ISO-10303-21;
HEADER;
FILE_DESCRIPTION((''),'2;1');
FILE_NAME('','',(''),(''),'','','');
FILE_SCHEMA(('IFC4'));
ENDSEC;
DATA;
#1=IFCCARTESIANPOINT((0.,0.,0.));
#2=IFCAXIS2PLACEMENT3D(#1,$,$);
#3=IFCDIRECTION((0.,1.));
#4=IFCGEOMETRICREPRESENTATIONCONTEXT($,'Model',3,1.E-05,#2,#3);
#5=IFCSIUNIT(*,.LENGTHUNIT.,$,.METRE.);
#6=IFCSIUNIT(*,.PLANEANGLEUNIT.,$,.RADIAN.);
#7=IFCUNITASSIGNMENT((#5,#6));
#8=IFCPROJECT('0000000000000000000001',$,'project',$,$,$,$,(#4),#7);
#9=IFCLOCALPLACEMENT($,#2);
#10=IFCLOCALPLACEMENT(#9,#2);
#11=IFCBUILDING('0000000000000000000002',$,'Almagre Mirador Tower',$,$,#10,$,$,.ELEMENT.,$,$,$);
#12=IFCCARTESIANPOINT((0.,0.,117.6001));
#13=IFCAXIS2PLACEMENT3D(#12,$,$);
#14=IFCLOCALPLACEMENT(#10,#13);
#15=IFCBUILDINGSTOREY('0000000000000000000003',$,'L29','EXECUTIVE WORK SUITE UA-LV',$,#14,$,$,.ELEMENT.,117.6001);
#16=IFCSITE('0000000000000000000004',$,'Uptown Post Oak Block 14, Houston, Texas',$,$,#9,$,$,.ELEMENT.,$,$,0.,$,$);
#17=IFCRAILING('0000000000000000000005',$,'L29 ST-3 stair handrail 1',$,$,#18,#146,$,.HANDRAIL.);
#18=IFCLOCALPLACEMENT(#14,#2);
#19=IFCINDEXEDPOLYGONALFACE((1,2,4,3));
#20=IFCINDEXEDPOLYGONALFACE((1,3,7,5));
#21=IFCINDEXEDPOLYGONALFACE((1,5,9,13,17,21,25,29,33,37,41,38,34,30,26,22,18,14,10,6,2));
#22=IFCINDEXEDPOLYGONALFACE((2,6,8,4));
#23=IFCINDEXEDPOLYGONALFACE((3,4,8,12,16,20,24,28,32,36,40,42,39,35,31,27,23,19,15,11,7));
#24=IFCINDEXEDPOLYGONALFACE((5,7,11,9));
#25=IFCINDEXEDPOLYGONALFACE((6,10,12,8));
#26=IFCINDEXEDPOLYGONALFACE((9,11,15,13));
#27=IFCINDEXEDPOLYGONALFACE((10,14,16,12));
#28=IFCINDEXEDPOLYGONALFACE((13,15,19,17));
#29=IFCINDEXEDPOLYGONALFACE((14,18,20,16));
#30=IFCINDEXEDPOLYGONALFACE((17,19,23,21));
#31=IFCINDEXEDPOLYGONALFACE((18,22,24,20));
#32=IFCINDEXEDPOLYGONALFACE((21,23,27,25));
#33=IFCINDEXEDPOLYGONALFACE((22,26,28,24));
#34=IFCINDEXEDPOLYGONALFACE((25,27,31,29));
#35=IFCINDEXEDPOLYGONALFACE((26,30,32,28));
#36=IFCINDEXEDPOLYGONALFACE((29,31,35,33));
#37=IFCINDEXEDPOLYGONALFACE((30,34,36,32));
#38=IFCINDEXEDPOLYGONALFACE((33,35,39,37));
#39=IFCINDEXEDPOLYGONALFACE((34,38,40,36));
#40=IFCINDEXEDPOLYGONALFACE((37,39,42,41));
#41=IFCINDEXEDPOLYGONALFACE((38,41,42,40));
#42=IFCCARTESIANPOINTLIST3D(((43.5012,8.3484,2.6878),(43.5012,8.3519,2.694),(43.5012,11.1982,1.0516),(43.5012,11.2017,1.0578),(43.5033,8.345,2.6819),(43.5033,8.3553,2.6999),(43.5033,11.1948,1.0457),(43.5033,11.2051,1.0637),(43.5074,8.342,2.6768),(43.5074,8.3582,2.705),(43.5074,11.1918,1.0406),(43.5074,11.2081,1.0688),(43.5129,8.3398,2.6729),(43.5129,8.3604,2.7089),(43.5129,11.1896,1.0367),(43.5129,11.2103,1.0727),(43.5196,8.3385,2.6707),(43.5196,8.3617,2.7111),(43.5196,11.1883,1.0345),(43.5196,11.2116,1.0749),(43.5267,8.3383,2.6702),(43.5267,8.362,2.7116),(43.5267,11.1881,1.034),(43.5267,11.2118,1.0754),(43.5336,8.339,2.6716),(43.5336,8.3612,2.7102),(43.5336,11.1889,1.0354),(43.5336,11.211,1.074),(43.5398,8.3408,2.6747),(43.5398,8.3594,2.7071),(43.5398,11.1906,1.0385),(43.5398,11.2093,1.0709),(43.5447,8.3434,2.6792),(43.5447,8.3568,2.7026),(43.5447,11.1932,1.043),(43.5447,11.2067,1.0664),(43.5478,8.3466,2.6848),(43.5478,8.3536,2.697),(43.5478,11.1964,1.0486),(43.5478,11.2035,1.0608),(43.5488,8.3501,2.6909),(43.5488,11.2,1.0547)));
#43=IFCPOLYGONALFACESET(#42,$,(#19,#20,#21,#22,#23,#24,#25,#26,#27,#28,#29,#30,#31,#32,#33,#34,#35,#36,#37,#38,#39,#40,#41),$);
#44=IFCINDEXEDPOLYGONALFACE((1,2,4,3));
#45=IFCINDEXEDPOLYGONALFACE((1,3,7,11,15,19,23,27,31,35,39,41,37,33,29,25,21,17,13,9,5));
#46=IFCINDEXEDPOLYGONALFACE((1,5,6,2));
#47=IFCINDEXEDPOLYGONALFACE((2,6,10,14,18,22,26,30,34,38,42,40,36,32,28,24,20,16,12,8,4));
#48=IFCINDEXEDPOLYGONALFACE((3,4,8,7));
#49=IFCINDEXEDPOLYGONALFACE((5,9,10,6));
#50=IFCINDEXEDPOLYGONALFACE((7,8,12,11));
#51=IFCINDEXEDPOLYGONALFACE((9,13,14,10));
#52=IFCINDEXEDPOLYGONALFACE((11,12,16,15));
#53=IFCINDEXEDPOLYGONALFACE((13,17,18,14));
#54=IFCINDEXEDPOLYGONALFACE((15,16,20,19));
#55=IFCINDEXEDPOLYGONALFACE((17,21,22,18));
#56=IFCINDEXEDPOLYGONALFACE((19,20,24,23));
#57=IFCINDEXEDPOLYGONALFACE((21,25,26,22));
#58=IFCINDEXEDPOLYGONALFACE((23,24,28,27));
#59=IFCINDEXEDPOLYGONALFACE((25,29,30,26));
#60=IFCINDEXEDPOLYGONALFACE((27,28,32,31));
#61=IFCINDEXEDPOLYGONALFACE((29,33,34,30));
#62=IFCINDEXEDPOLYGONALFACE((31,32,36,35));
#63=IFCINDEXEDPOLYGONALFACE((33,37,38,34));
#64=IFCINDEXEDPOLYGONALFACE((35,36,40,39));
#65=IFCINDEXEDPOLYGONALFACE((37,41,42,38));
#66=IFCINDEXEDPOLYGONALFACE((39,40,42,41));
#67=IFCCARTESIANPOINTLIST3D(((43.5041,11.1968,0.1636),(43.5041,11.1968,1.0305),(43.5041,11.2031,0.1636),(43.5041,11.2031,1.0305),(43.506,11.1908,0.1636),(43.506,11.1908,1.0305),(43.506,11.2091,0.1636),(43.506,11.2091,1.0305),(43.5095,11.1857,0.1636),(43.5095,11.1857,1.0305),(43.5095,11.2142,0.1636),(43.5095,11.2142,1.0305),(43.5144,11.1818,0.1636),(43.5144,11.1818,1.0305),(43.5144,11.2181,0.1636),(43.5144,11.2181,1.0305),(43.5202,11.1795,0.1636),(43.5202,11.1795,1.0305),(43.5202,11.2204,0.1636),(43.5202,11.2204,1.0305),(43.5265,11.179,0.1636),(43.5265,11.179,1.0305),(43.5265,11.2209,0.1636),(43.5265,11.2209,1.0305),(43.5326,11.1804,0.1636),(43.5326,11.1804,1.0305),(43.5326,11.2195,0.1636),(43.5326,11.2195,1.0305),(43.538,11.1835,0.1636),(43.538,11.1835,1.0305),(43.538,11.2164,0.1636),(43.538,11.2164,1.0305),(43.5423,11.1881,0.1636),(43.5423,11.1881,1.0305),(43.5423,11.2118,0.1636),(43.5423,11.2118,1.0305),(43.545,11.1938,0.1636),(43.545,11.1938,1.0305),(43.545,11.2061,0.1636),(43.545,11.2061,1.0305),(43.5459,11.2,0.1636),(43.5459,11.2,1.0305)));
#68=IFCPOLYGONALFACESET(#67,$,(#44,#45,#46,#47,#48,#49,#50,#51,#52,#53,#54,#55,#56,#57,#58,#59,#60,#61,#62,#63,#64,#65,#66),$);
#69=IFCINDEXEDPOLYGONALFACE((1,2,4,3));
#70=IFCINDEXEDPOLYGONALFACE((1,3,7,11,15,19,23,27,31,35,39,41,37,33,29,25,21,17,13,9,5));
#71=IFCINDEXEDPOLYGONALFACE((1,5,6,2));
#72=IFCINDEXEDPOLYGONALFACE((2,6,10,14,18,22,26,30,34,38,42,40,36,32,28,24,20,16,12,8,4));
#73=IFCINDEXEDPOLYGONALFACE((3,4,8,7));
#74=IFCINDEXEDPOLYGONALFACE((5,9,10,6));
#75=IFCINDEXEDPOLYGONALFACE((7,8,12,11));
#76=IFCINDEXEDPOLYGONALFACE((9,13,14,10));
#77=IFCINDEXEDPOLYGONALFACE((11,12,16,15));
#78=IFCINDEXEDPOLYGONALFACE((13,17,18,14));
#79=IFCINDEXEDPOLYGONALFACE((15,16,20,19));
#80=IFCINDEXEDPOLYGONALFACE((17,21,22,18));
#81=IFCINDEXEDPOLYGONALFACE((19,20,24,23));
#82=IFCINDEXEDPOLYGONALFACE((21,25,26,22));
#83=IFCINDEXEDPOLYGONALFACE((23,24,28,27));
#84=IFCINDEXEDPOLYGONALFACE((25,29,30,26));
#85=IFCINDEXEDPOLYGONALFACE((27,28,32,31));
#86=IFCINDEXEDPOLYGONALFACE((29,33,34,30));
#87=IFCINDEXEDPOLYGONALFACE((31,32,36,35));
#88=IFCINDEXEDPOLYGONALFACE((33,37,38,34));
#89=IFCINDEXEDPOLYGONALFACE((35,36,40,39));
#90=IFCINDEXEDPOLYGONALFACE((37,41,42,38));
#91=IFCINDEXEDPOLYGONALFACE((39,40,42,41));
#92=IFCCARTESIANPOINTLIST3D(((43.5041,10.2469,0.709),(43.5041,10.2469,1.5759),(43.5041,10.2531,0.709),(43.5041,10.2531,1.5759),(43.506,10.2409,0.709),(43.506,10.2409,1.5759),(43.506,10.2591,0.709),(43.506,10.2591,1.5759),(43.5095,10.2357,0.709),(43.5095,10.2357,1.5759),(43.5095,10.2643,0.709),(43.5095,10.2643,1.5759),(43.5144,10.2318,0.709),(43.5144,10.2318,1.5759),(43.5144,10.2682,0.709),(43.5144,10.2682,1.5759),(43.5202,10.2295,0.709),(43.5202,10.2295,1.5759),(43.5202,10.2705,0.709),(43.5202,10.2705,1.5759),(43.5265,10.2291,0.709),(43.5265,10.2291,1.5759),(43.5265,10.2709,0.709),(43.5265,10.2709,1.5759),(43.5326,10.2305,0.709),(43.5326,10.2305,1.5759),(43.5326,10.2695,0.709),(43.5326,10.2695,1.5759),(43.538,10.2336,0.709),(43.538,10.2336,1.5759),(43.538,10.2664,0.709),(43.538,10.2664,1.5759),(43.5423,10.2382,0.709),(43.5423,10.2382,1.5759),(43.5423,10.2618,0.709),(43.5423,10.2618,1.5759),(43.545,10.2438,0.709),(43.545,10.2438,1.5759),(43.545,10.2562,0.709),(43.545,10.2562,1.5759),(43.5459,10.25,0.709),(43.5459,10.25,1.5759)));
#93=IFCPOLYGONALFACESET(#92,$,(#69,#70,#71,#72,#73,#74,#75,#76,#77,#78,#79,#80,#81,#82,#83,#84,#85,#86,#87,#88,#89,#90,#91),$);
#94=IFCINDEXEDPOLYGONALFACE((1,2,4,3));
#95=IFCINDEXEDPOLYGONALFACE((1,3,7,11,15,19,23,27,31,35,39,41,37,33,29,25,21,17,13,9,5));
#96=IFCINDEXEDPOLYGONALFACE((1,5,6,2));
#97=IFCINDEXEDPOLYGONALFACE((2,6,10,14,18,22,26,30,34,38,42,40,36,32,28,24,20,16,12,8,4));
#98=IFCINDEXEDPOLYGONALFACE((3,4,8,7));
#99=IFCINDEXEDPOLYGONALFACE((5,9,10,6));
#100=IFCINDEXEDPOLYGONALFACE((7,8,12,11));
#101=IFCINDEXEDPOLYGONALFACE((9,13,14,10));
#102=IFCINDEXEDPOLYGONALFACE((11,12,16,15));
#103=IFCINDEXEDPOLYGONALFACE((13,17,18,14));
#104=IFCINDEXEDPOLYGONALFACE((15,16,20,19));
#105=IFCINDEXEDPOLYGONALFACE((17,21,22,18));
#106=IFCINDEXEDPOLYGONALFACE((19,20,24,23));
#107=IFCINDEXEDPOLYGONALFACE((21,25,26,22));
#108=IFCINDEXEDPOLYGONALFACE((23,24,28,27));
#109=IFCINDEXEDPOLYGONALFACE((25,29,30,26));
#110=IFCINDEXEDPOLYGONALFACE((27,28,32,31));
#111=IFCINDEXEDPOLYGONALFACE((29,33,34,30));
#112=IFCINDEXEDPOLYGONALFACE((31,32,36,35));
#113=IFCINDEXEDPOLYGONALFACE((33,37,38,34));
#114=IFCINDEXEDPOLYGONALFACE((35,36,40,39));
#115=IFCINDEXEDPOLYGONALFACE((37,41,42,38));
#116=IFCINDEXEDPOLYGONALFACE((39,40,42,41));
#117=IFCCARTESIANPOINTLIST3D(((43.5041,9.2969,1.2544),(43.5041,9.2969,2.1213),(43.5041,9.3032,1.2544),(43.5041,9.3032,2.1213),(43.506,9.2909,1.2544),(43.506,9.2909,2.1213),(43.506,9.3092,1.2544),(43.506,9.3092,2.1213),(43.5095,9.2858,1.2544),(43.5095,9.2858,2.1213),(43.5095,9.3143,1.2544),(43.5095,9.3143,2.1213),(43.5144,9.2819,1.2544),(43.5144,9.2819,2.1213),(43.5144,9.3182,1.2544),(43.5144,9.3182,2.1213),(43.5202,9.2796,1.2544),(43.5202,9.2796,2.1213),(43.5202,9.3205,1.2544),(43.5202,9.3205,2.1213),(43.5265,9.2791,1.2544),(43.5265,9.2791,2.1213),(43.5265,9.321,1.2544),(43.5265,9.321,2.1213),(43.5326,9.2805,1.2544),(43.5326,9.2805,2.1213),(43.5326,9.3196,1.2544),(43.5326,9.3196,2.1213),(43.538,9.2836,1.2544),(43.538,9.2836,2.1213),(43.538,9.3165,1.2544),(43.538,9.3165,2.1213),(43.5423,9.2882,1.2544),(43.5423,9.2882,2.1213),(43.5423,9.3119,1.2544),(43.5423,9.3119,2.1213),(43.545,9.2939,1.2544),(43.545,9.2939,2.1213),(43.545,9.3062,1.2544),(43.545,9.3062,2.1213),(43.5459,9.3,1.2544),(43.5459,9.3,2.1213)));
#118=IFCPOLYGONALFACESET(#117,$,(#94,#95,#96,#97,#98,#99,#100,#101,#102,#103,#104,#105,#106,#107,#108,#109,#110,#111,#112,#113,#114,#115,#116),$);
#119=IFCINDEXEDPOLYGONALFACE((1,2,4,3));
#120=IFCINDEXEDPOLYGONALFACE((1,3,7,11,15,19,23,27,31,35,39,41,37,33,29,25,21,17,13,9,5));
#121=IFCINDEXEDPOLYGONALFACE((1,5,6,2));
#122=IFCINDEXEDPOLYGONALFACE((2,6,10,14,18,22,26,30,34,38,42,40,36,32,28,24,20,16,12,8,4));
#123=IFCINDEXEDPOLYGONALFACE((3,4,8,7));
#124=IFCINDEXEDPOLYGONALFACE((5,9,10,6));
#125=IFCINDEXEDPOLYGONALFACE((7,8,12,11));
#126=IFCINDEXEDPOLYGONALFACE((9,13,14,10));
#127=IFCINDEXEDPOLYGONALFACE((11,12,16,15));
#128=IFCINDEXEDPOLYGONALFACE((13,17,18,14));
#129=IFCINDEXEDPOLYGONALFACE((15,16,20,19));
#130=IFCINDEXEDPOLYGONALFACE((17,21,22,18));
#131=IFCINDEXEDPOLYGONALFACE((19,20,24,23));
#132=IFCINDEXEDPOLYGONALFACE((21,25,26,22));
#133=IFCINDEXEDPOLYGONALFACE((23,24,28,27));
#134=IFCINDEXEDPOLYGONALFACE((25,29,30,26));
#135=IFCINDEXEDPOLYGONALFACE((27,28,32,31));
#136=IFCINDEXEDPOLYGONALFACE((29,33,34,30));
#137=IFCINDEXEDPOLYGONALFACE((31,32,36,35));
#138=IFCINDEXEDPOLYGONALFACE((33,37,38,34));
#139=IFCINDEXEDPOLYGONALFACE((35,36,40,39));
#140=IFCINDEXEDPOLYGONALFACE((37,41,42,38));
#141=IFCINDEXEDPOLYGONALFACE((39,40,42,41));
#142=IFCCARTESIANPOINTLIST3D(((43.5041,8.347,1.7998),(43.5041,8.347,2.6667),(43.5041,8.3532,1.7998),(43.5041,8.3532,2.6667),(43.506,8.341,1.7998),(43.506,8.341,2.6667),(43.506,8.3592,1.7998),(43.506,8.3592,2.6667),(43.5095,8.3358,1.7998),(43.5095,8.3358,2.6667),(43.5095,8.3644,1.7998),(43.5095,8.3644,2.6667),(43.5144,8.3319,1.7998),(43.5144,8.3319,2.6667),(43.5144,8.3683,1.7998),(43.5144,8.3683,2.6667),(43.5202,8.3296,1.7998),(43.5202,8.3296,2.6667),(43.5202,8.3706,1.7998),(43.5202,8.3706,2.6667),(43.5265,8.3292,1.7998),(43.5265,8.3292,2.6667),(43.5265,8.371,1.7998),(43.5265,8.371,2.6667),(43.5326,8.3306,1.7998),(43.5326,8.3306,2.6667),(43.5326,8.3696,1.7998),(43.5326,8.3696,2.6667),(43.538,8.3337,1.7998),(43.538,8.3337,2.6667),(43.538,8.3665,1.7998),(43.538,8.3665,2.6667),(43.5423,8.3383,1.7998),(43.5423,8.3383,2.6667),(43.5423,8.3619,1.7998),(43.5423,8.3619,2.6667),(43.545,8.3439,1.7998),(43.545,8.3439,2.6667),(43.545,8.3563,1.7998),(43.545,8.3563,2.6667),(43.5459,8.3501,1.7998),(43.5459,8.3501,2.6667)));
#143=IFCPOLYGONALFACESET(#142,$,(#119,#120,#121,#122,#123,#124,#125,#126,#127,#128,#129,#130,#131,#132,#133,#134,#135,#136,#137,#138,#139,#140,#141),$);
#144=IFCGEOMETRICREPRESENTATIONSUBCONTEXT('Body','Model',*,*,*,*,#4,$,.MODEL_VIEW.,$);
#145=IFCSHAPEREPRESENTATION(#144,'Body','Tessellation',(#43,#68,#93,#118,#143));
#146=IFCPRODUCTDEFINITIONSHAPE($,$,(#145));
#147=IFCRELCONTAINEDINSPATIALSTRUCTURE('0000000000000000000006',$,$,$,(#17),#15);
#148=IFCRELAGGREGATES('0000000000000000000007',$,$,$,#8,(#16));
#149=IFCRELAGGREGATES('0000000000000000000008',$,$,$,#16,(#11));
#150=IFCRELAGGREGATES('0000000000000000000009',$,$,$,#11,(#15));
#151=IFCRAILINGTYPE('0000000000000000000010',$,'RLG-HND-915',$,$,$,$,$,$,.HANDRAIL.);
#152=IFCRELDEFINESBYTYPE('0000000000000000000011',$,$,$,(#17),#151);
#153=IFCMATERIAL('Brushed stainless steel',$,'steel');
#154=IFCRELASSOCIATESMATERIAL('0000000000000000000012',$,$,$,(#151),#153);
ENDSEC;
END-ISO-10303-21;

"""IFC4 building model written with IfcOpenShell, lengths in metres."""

from ifc_helpers import new_model, si_unit, direction, frame, origin, origin_2d, place, context, subcontext, project, spatial, circle, extrude, material, type_object, element, save


model = new_model("IFC4")

# Units and contexts
model_context = context("Model", 3, precision=1e-05, world=origin(), true_north=direction((0.0, 1.0)))
body_context = subcontext(model_context, "Body", "Model", "MODEL_VIEW")
ifc_project = project(units=[si_unit("LENGTHUNIT", "METRE"), si_unit("PLANEANGLEUNIT", "RADIAN")], contexts=[model_context])

# Site, building, storey
site_placement = place(None, origin())
site = spatial("IfcSite", under=ifc_project, at=site_placement, Name="Uptown Post Oak Block 14, Houston, Texas", CompositionType="ELEMENT", RefElevation=0.0)
building_placement = place(site_placement, origin())
building = spatial("IfcBuilding", under=site, at=building_placement, Name="Almagre Mirador Tower", CompositionType="ELEMENT")
storey_placement = place(building_placement, frame((0.0, 0.0, 117.6001)))
storey = spatial("IfcBuildingStorey", under=building, at=storey_placement, Name="L29", Description="EXECUTIVE WORK SUITE UA-LV", CompositionType="ELEMENT", Elevation=117.6001)

# Railing
ifc_material_1 = material(Name="Brushed stainless steel", Category="steel")
railing_type_1 = type_object("IfcRailingType", Name="RLG-HND-915", PredefinedType="HANDRAIL", material=ifc_material_1)
railing_1_placement = place(storey_placement, frame((43.5249, 11.2, 0.1636)))
element("IfcRailing", 1, at=railing_1_placement, inside=storey, type_object=railing_type_1, Name="L29 ST-3 stair handrail 1", PredefinedType="HANDRAIL", context=body_context, shape_type="SweptSolid", body=[
    extrude(circle(Radius=0.0239, at=origin_2d()), frame((0.0, 0.0, 0.8911), z_axis=(0.0, -0.867226, 0.497914), x_axis=(1.0, 0.0, 0.0)), (0.0, 0.0, 1.0), 3.2861),
    extrude(circle(Radius=0.021, at=origin_2d()), origin(), (0.0, 0.0, 1.0), 0.8669),
    extrude(circle(Radius=0.021, at=origin_2d()), frame((0.0, -0.95, 0.5454)), (0.0, 0.0, 1.0), 0.8669),
    extrude(circle(Radius=0.021, at=origin_2d()), frame((0.0, -1.8999, 1.0908)), (0.0, 0.0, 1.0), 0.8669),
    extrude(circle(Radius=0.021, at=origin_2d()), frame((0.0, -2.8499, 1.6362)), (0.0, 0.0, 1.0), 0.8669),
])

save(model, "model.ifc")
